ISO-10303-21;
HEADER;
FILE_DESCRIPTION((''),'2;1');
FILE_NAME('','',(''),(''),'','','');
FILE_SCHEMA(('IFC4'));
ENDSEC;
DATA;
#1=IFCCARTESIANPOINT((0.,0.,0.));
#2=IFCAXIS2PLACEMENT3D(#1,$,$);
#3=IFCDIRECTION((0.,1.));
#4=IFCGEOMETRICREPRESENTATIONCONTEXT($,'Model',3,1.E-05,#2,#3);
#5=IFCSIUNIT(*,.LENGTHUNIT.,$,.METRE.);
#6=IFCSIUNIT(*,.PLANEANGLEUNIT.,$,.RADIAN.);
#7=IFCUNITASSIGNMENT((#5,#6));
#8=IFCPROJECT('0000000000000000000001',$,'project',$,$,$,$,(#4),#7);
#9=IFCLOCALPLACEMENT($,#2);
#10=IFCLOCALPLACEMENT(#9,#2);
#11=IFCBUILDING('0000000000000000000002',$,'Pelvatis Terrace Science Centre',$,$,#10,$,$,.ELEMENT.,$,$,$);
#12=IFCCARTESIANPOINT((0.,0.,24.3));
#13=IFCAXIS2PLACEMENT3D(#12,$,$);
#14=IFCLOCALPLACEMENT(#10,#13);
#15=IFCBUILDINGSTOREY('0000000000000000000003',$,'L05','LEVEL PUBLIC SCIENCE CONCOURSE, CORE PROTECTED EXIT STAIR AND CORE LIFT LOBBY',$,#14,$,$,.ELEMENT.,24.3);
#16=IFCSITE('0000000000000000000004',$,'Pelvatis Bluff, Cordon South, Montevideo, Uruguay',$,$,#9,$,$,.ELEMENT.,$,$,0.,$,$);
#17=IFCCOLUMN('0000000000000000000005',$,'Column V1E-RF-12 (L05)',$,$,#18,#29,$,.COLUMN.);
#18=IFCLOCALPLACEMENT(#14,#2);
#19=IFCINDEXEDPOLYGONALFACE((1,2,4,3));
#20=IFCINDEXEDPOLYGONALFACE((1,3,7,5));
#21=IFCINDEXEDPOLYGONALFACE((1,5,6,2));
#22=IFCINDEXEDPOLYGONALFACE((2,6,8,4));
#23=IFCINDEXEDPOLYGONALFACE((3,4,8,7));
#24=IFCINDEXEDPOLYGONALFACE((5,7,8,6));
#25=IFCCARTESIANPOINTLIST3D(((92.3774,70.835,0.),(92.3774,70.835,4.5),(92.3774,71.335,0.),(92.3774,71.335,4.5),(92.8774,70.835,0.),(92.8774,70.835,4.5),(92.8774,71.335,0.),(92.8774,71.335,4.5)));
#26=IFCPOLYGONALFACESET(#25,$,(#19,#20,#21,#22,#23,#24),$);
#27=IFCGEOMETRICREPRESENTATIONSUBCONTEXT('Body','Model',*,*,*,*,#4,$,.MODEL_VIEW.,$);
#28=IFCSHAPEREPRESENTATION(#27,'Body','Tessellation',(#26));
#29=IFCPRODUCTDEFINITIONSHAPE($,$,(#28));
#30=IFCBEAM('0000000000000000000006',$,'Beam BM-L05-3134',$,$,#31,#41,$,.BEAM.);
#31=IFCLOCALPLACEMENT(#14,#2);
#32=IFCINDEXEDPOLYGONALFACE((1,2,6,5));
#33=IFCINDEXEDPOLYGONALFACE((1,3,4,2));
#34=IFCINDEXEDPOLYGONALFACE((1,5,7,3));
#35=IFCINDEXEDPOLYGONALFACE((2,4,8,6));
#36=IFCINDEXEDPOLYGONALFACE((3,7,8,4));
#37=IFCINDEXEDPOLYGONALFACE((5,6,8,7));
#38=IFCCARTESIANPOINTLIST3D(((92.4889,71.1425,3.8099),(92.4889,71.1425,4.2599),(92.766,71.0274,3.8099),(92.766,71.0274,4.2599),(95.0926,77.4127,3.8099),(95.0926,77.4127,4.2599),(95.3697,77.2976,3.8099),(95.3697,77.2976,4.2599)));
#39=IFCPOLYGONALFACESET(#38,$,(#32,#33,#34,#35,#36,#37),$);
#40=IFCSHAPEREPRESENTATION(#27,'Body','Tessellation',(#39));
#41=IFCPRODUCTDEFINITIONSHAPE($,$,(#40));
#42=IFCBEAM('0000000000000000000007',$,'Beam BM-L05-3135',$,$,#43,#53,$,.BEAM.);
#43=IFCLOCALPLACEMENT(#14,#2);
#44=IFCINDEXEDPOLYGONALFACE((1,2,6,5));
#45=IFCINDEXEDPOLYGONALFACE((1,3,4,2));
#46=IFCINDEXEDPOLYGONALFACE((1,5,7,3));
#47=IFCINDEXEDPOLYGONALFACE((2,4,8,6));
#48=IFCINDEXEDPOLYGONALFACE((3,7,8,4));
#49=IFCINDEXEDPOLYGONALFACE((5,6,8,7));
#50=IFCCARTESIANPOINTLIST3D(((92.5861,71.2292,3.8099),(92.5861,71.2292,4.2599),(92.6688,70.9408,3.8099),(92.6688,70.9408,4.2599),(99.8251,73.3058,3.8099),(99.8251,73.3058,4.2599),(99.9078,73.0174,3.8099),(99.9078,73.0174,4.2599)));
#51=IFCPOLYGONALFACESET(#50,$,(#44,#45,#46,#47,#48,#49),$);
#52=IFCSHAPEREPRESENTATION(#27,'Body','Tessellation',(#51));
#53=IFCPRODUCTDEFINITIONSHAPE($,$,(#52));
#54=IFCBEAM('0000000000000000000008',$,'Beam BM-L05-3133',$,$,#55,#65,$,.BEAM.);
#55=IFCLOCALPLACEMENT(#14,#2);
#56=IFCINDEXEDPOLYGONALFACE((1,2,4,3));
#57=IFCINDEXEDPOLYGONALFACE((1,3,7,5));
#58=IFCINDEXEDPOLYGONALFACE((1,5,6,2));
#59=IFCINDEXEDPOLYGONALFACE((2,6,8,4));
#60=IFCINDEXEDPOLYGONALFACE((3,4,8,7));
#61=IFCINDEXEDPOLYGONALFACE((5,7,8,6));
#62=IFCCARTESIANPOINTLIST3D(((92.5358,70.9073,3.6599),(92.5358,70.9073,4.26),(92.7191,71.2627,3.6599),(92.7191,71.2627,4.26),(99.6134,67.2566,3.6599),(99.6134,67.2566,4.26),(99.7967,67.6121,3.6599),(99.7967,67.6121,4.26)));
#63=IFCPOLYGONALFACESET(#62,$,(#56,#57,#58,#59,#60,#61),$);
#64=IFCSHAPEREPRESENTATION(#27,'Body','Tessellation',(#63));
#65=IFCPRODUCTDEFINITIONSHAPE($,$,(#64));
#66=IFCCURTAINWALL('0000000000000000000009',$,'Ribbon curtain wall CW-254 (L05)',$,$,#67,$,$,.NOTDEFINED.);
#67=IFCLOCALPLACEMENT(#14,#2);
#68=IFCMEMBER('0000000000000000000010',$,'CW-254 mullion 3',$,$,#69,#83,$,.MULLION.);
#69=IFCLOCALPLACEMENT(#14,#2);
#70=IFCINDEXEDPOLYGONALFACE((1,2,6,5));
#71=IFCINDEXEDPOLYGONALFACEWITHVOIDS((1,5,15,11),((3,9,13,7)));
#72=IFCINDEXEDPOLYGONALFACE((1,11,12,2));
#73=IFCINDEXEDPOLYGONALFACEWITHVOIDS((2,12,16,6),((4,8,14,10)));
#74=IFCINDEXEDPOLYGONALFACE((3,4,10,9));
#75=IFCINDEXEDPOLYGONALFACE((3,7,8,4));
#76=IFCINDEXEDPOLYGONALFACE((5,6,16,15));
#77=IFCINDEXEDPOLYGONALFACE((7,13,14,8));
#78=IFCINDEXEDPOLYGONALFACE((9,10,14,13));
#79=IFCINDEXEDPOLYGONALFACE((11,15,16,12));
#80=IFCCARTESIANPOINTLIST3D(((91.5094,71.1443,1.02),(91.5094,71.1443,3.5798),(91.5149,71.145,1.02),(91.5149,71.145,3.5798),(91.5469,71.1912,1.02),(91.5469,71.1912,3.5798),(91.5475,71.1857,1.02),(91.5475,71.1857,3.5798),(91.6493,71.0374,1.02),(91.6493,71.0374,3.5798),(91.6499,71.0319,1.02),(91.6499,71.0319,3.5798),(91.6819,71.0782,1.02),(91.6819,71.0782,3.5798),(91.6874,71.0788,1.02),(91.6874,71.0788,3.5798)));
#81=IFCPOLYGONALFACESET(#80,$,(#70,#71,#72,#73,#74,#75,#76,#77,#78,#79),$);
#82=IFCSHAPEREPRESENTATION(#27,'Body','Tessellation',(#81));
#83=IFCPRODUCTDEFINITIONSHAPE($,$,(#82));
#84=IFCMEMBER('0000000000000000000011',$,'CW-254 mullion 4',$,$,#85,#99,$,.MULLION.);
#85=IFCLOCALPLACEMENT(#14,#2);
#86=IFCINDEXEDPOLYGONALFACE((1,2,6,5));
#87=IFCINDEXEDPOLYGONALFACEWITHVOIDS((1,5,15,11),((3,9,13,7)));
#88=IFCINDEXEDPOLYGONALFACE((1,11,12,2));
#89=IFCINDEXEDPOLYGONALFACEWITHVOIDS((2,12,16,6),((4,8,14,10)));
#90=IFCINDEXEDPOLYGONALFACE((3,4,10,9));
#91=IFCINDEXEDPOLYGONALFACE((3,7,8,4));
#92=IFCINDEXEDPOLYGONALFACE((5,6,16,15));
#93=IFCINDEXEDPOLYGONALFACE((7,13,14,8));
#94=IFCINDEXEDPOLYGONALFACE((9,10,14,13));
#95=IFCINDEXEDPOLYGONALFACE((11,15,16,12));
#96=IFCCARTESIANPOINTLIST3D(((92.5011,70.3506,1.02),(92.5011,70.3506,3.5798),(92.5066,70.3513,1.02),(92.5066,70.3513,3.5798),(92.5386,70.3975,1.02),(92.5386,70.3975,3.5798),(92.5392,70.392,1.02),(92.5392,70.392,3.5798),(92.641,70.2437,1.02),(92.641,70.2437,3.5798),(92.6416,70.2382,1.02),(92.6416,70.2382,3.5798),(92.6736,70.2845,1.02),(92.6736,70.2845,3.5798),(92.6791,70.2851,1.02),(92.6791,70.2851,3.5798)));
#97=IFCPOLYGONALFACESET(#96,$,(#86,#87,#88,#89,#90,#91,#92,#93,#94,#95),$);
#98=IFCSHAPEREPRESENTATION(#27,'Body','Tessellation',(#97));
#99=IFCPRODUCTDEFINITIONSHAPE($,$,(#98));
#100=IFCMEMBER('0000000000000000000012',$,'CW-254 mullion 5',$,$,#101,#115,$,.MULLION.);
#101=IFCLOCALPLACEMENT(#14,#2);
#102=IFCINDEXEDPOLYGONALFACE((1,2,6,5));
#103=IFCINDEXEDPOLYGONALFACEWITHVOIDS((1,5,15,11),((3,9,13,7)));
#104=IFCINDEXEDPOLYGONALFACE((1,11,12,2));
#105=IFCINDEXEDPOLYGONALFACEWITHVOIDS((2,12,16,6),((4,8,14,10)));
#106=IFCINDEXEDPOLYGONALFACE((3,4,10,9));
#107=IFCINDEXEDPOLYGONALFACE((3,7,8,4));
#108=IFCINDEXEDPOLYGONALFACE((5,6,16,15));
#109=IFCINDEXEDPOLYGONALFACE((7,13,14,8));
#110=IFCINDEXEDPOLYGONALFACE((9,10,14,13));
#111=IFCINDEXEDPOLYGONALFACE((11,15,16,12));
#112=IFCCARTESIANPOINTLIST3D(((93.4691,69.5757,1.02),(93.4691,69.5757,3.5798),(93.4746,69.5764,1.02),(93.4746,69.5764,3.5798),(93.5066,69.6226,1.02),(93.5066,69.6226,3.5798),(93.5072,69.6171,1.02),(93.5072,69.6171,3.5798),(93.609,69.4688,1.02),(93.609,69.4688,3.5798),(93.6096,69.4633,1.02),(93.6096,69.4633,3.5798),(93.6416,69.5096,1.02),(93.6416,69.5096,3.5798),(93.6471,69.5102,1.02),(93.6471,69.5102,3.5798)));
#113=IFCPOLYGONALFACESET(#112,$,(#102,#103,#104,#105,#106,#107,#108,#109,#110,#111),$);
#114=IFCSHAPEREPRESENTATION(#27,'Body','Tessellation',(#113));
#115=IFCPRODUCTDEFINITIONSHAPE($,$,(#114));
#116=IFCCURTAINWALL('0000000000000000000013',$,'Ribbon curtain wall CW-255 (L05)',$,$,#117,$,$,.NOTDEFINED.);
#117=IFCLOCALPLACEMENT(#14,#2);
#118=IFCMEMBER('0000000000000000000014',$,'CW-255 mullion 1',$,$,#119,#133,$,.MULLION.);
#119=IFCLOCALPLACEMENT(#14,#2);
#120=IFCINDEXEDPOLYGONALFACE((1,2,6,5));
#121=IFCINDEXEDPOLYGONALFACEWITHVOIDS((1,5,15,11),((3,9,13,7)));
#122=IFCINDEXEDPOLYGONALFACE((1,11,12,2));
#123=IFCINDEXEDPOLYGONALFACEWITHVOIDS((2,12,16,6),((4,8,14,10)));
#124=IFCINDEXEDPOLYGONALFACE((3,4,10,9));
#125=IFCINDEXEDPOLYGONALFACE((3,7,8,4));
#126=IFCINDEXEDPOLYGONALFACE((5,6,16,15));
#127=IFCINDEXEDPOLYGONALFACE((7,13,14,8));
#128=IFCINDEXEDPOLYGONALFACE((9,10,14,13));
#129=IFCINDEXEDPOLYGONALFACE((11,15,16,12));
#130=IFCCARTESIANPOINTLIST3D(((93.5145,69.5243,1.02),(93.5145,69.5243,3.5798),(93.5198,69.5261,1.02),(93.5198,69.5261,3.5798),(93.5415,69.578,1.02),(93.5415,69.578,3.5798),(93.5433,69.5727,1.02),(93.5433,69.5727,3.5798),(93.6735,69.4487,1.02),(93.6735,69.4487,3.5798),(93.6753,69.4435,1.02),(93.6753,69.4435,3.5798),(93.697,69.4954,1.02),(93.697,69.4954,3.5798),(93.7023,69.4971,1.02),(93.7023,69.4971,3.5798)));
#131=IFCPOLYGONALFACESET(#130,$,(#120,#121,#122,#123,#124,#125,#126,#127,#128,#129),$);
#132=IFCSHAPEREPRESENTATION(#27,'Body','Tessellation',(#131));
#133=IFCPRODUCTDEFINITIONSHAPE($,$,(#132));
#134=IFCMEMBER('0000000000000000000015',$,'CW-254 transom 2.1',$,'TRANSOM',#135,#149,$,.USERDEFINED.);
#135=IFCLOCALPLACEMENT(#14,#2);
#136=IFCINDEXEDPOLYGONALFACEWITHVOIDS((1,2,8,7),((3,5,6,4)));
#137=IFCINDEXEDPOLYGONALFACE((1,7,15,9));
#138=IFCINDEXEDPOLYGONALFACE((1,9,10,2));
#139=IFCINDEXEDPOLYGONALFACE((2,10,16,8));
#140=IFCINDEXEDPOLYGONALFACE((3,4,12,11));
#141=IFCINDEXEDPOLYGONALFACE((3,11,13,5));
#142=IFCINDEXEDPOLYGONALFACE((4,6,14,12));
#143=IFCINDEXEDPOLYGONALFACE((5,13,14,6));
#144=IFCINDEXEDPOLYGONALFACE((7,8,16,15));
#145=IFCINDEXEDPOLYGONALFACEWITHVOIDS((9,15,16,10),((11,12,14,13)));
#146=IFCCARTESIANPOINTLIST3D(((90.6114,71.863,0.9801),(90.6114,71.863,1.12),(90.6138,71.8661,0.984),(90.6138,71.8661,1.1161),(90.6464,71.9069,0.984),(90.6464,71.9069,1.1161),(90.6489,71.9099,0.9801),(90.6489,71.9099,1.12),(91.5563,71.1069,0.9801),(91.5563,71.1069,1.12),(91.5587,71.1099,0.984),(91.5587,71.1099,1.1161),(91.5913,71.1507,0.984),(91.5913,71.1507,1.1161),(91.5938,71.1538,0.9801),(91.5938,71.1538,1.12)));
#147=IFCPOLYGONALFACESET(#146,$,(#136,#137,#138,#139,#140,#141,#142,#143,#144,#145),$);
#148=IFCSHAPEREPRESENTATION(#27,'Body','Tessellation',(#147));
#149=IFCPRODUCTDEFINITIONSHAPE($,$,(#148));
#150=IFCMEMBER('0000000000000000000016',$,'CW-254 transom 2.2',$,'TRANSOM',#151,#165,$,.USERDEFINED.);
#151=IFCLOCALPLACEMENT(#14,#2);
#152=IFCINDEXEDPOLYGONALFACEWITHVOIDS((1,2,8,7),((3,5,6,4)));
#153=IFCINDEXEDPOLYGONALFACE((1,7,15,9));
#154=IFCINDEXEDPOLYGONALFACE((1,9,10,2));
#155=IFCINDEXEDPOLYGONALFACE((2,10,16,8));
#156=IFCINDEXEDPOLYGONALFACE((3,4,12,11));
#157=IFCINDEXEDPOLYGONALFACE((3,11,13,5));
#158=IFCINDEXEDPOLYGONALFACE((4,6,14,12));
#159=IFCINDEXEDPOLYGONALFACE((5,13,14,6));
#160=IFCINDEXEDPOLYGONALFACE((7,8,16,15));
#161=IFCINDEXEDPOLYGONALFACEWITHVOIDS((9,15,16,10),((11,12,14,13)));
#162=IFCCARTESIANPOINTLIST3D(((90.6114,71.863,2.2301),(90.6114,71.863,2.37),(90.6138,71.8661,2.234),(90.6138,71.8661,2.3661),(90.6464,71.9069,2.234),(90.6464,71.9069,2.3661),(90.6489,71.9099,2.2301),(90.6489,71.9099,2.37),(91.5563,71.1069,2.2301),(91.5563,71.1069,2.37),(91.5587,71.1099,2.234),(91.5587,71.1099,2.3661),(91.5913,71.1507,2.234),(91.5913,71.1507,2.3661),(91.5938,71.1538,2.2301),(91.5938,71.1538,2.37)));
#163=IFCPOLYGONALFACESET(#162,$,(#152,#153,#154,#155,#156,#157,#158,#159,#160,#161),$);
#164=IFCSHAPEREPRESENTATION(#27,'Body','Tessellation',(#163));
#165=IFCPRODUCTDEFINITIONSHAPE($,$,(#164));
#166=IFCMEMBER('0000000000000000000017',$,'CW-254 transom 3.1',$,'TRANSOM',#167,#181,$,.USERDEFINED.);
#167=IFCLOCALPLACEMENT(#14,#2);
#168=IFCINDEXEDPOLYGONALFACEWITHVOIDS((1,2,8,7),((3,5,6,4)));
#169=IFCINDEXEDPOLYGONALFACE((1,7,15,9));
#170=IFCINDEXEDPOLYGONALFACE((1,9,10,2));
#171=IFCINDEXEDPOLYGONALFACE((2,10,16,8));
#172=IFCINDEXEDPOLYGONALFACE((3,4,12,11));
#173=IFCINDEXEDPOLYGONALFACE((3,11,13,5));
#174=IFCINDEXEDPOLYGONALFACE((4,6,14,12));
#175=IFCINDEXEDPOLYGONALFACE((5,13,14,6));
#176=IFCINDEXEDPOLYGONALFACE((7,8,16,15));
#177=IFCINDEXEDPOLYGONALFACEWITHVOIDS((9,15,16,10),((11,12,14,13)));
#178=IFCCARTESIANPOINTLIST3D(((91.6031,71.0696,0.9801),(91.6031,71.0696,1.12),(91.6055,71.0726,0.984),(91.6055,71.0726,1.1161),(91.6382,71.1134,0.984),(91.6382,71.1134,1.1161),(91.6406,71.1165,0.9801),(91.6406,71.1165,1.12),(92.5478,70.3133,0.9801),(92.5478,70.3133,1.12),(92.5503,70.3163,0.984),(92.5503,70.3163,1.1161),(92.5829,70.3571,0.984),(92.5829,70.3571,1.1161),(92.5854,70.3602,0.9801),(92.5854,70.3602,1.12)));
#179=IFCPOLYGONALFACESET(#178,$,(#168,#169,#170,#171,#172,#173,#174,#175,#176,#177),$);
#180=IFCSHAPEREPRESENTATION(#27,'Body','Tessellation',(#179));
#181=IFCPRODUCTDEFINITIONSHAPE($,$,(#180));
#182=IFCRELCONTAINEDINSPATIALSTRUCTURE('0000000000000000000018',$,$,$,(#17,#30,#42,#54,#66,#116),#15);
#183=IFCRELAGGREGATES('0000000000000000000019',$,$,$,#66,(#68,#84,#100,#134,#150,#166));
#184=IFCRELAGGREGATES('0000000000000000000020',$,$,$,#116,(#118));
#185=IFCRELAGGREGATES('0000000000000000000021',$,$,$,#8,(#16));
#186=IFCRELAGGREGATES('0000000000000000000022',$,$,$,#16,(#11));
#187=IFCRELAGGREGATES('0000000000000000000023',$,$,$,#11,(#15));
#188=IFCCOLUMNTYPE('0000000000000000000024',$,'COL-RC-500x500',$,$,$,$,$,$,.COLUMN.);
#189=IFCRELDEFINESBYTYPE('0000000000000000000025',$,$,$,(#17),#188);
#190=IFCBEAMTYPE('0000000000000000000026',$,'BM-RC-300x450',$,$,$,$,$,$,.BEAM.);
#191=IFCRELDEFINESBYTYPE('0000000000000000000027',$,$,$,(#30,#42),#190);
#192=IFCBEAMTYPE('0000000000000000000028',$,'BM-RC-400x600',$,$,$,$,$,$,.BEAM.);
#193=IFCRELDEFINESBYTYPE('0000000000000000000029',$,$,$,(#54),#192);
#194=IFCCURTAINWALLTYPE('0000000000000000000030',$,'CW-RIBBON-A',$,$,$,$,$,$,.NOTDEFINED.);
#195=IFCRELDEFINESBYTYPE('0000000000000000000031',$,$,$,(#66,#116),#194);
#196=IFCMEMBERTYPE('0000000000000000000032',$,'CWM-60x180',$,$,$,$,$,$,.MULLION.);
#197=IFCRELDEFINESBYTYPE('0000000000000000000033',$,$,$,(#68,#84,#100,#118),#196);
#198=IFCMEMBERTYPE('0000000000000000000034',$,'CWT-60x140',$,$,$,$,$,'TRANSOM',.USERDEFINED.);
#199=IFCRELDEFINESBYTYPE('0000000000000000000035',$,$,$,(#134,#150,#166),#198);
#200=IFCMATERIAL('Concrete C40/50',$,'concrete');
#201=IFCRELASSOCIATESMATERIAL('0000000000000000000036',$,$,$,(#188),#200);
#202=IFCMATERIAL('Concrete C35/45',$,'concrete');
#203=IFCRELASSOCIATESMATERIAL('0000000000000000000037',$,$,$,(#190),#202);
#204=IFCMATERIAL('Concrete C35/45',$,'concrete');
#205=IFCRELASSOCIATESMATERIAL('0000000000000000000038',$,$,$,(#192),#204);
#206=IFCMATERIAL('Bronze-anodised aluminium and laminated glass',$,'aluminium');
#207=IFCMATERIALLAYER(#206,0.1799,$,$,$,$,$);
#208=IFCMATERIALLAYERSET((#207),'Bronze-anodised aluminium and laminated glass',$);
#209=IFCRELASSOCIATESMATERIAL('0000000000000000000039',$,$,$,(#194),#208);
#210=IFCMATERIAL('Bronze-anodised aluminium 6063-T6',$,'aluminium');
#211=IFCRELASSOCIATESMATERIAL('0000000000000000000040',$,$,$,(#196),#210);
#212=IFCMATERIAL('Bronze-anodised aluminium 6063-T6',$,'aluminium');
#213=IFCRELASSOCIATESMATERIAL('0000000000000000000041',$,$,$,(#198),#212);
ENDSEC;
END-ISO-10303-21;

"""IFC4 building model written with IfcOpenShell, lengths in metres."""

from ifc_helpers import new_model, si_unit, direction, frame, origin, origin_2d, place, context, subcontext, project, spatial, rectangle, hollow_rectangle, extrude, material, layer, layer_set, material_profile, profile_set, type_object, element, aggregate, save


model = new_model("IFC4")

# Units and contexts
model_context = context("Model", 3, precision=1e-05, world=origin(), true_north=direction((0.0, 1.0)))
body_context = subcontext(model_context, "Body", "Model", "MODEL_VIEW")
ifc_project = project(units=[si_unit("LENGTHUNIT", "METRE"), si_unit("PLANEANGLEUNIT", "RADIAN")], contexts=[model_context])

# Site, building, storey
site_placement = place(None, origin())
site = spatial("IfcSite", under=ifc_project, at=site_placement, Name="Pelvatis Bluff, Cordon South, Montevideo, Uruguay", CompositionType="ELEMENT", RefElevation=0.0)
building_placement = place(site_placement, origin())
building = spatial("IfcBuilding", under=site, at=building_placement, Name="Pelvatis Terrace Science Centre", CompositionType="ELEMENT")
storey_placement = place(building_placement, frame((0.0, 0.0, 24.3)))
storey = spatial("IfcBuildingStorey", under=building, at=storey_placement, Name="L05", Description="LEVEL PUBLIC SCIENCE CONCOURSE, CORE PROTECTED EXIT STAIR AND CORE LIFT LOBBY", CompositionType="ELEMENT", Elevation=24.3)

# Column
ifc_material_1 = material(Name="Concrete C40/50", Category="concrete")
ifc_material_profile_1 = material_profile(ifc_material_1, rectangle(XDim=0.5, YDim=0.5, at=origin_2d()), Name="RC-COL 500x500")
ifc_profile_set_1 = profile_set([ifc_material_profile_1], Name="Concrete C40/50")
column_type = type_object("IfcColumnType", Name="COL-RC-500x500", PredefinedType="COLUMN", material=ifc_profile_set_1)
column_placement = place(storey_placement, frame((92.6274, 71.085, 0.0), z_axis=(0.0, 0.0, 1.0), x_axis=(1.0, 0.0, 0.0)))
element("IfcColumn", 1, at=column_placement, inside=storey, type_object=column_type, Name="Column V1E-RF-12 (L05)", PredefinedType="COLUMN", context=body_context, shape_type="SweptSolid", body=[
    extrude(rectangle(XDim=0.5, YDim=0.5, at=origin_2d()), origin(), (0.0, 0.0, 1.0), 4.5),
])

# Beams
ifc_material_2 = material(Name="Concrete C35/45", Category="concrete")
ifc_material_profile_2 = material_profile(ifc_material_2, rectangle(XDim=0.3, YDim=0.45, at=origin_2d()), Name="RC-BM 300x450")
ifc_profile_set_2 = profile_set([ifc_material_profile_2], Name="Concrete C35/45")
beam_type_1 = type_object("IfcBeamType", Name="BM-RC-300x450", PredefinedType="BEAM", material=ifc_profile_set_2)
beam_1_placement = place(storey_placement, frame((92.6274, 71.085, 4.0349), z_axis=(0.383504, 0.923539, 0.0), x_axis=(-0.923539, 0.383504, 0.0)))
element("IfcBeam", 2, at=beam_1_placement, inside=storey, type_object=beam_type_1, Name="Beam BM-L05-3134", PredefinedType="BEAM", context=body_context, shape_type="SweptSolid", body=[
    extrude(rectangle(XDim=0.3, YDim=0.45, at=origin_2d()), origin(), (0.0, 0.0, 1.0), 6.7893),
])
beam_2_placement = place(storey_placement, frame((92.6274, 71.085, 4.0349), z_axis=(0.96123, 0.275749, 0.0), x_axis=(-0.275749, 0.96123, 0.0)))
element("IfcBeam", 3, at=beam_2_placement, inside=storey, type_object=beam_type_1, Name="Beam BM-L05-3135", PredefinedType="BEAM", context=body_context, shape_type="SweptSolid", body=[
    extrude(rectangle(XDim=0.3, YDim=0.45, at=origin_2d()), origin(), (0.0, 0.0, 1.0), 7.531),
])
ifc_material_3 = material(Name="Concrete C35/45", Category="concrete")
ifc_material_profile_3 = material_profile(ifc_material_3, rectangle(XDim=0.3999, YDim=0.6001, at=origin_2d()), Name="RC-BM 400x600")
ifc_profile_set_3 = profile_set([ifc_material_profile_3], Name="Concrete C35/45")
beam_type_2 = type_object("IfcBeamType", Name="BM-RC-400x600", PredefinedType="BEAM", material=ifc_profile_set_3)
beam_3_placement = place(storey_placement, frame((92.6274, 71.085, 3.96), z_axis=(0.88874, -0.458411, 0.0), x_axis=(0.458411, 0.88874, 0.0)))
element("IfcBeam", 4, at=beam_3_placement, inside=storey, type_object=beam_type_2, Name="Beam BM-L05-3133", PredefinedType="BEAM", context=body_context, shape_type="SweptSolid", body=[
    extrude(rectangle(XDim=0.3999, YDim=0.6001, at=origin_2d()), origin(), (0.0, 0.0, 1.0), 7.9636),
])

# Curtain wall, members
ifc_material_4 = material(Name="Bronze-anodised aluminium and laminated glass", Category="aluminium")
ifc_layer_1 = layer(ifc_material_4, 0.1799)
ifc_layer_set_1 = layer_set([ifc_layer_1], Name="Bronze-anodised aluminium and laminated glass")
curtain_wall_type = type_object("IfcCurtainWallType", Name="CW-RIBBON-A", PredefinedType="NOTDEFINED", material=ifc_layer_set_1)
curtain_wall_1_placement = place(storey_placement, origin())
curtain_wall_1 = element("IfcCurtainWall", 5, at=curtain_wall_1_placement, inside=storey, type_object=curtain_wall_type, Name="Ribbon curtain wall CW-254 (L05)", PredefinedType="NOTDEFINED")
ifc_material_5 = material(Name="Bronze-anodised aluminium 6063-T6", Category="aluminium")
ifc_material_profile_4 = material_profile(ifc_material_5, hollow_rectangle(XDim=0.0601, YDim=0.1799, WallThickness=0.0039, at=origin_2d()), Name="ALU-MUL 60x180")
ifc_profile_set_4 = profile_set([ifc_material_profile_4], Name="Bronze-anodised aluminium 6063-T6")
member_type_1 = type_object("IfcMemberType", Name="CWM-60x180", PredefinedType="MULLION", material=ifc_profile_set_4)
member_1_placement = place(storey_placement, frame((91.5984, 71.1116, 1.02), z_axis=(0.0, 0.0, 1.0), x_axis=(0.624875, 0.780725, 0.0)))
member_1 = element("IfcMember", 6, at=member_1_placement, type_object=member_type_1, Name="CW-254 mullion 3", PredefinedType="MULLION", context=body_context, shape_type="SweptSolid", body=[
    extrude(hollow_rectangle(XDim=0.0601, YDim=0.1799, WallThickness=0.0039, at=origin_2d()), origin(), (0.0, 0.0, 1.0), 2.5598),
])
member_2_placement = place(storey_placement, frame((92.5901, 70.3179, 1.02), z_axis=(0.0, 0.0, 1.0), x_axis=(0.624875, 0.780725, 0.0)))
member_2 = element("IfcMember", 7, at=member_2_placement, type_object=member_type_1, Name="CW-254 mullion 4", PredefinedType="MULLION", context=body_context, shape_type="SweptSolid", body=[
    extrude(hollow_rectangle(XDim=0.0601, YDim=0.1799, WallThickness=0.0039, at=origin_2d()), origin(), (0.0, 0.0, 1.0), 2.5598),
])
member_3_placement = place(storey_placement, frame((93.5581, 69.543, 1.02), z_axis=(0.0, 0.0, 1.0), x_axis=(0.624875, 0.780725, 0.0)))
member_3 = element("IfcMember", 8, at=member_3_placement, type_object=member_type_1, Name="CW-254 mullion 5", PredefinedType="MULLION", context=body_context, shape_type="SweptSolid", body=[
    extrude(hollow_rectangle(XDim=0.0601, YDim=0.1799, WallThickness=0.0039, at=origin_2d()), origin(), (0.0, 0.0, 1.0), 2.5598),
])

# Curtain wall, member
curtain_wall_2_placement = place(storey_placement, origin())
curtain_wall_2 = element("IfcCurtainWall", 9, at=curtain_wall_2_placement, inside=storey, type_object=curtain_wall_type, Name="Ribbon curtain wall CW-255 (L05)", PredefinedType="NOTDEFINED")
member_4_placement = place(storey_placement, frame((93.6084, 69.5107, 1.02), z_axis=(0.0, 0.0, 1.0), x_axis=(0.449304, 0.893379, 0.0)))
member_4 = element("IfcMember", 10, at=member_4_placement, type_object=member_type_1, Name="CW-255 mullion 1", PredefinedType="MULLION", context=body_context, shape_type="SweptSolid", body=[
    extrude(hollow_rectangle(XDim=0.0601, YDim=0.1799, WallThickness=0.0039, at=origin_2d()), origin(), (0.0, 0.0, 1.0), 2.5598),
])

# Members
ifc_material_6 = material(Name="Bronze-anodised aluminium 6063-T6", Category="aluminium")
ifc_material_profile_5 = material_profile(ifc_material_6, hollow_rectangle(XDim=0.0601, YDim=0.1399, WallThickness=0.0039, at=origin_2d()), Name="ALU-TRN 60x140")
ifc_profile_set_5 = profile_set([ifc_material_profile_5], Name="Bronze-anodised aluminium 6063-T6")
member_type_2 = type_object("IfcMemberType", Name="CWT-60x140", ElementType="TRANSOM", PredefinedType="USERDEFINED", material=ifc_profile_set_5)
member_5_placement = place(storey_placement, frame((90.6301, 71.8865, 1.05), z_axis=(0.78077, -0.624818, 0.0), x_axis=(0.624818, 0.78077, 0.0)))
member_5 = element("IfcMember", 11, at=member_5_placement, type_object=member_type_2, Name="CW-254 transom 2.1", ObjectType="TRANSOM", PredefinedType="USERDEFINED", context=body_context, shape_type="SweptSolid", body=[
    extrude(hollow_rectangle(XDim=0.0601, YDim=0.1399, WallThickness=0.0039, at=origin_2d()), origin(), (0.0, 0.0, 1.0), 1.2102),
])
member_6_placement = place(storey_placement, frame((90.6301, 71.8865, 2.3), z_axis=(0.78077, -0.624818, 0.0), x_axis=(0.624818, 0.78077, 0.0)))
member_6 = element("IfcMember", 12, at=member_6_placement, type_object=member_type_2, Name="CW-254 transom 2.2", ObjectType="TRANSOM", PredefinedType="USERDEFINED", context=body_context, shape_type="SweptSolid", body=[
    extrude(hollow_rectangle(XDim=0.0601, YDim=0.1399, WallThickness=0.0039, at=origin_2d()), origin(), (0.0, 0.0, 1.0), 1.2102),
])
member_7_placement = place(storey_placement, frame((91.6218, 71.093, 1.05), z_axis=(0.780672, -0.624941, 0.0), x_axis=(0.624941, 0.780672, 0.0)))
member_7 = element("IfcMember", 13, at=member_7_placement, type_object=member_type_2, Name="CW-254 transom 3.1", ObjectType="TRANSOM", PredefinedType="USERDEFINED", context=body_context, shape_type="SweptSolid", body=[
    extrude(hollow_rectangle(XDim=0.0601, YDim=0.1399, WallThickness=0.0039, at=origin_2d()), origin(), (0.0, 0.0, 1.0), 1.2102),
])

aggregate(curtain_wall_1, [member_1, member_2, member_3, member_5, member_6, member_7])
aggregate(curtain_wall_2, [member_4])

save(model, "model.ifc")
